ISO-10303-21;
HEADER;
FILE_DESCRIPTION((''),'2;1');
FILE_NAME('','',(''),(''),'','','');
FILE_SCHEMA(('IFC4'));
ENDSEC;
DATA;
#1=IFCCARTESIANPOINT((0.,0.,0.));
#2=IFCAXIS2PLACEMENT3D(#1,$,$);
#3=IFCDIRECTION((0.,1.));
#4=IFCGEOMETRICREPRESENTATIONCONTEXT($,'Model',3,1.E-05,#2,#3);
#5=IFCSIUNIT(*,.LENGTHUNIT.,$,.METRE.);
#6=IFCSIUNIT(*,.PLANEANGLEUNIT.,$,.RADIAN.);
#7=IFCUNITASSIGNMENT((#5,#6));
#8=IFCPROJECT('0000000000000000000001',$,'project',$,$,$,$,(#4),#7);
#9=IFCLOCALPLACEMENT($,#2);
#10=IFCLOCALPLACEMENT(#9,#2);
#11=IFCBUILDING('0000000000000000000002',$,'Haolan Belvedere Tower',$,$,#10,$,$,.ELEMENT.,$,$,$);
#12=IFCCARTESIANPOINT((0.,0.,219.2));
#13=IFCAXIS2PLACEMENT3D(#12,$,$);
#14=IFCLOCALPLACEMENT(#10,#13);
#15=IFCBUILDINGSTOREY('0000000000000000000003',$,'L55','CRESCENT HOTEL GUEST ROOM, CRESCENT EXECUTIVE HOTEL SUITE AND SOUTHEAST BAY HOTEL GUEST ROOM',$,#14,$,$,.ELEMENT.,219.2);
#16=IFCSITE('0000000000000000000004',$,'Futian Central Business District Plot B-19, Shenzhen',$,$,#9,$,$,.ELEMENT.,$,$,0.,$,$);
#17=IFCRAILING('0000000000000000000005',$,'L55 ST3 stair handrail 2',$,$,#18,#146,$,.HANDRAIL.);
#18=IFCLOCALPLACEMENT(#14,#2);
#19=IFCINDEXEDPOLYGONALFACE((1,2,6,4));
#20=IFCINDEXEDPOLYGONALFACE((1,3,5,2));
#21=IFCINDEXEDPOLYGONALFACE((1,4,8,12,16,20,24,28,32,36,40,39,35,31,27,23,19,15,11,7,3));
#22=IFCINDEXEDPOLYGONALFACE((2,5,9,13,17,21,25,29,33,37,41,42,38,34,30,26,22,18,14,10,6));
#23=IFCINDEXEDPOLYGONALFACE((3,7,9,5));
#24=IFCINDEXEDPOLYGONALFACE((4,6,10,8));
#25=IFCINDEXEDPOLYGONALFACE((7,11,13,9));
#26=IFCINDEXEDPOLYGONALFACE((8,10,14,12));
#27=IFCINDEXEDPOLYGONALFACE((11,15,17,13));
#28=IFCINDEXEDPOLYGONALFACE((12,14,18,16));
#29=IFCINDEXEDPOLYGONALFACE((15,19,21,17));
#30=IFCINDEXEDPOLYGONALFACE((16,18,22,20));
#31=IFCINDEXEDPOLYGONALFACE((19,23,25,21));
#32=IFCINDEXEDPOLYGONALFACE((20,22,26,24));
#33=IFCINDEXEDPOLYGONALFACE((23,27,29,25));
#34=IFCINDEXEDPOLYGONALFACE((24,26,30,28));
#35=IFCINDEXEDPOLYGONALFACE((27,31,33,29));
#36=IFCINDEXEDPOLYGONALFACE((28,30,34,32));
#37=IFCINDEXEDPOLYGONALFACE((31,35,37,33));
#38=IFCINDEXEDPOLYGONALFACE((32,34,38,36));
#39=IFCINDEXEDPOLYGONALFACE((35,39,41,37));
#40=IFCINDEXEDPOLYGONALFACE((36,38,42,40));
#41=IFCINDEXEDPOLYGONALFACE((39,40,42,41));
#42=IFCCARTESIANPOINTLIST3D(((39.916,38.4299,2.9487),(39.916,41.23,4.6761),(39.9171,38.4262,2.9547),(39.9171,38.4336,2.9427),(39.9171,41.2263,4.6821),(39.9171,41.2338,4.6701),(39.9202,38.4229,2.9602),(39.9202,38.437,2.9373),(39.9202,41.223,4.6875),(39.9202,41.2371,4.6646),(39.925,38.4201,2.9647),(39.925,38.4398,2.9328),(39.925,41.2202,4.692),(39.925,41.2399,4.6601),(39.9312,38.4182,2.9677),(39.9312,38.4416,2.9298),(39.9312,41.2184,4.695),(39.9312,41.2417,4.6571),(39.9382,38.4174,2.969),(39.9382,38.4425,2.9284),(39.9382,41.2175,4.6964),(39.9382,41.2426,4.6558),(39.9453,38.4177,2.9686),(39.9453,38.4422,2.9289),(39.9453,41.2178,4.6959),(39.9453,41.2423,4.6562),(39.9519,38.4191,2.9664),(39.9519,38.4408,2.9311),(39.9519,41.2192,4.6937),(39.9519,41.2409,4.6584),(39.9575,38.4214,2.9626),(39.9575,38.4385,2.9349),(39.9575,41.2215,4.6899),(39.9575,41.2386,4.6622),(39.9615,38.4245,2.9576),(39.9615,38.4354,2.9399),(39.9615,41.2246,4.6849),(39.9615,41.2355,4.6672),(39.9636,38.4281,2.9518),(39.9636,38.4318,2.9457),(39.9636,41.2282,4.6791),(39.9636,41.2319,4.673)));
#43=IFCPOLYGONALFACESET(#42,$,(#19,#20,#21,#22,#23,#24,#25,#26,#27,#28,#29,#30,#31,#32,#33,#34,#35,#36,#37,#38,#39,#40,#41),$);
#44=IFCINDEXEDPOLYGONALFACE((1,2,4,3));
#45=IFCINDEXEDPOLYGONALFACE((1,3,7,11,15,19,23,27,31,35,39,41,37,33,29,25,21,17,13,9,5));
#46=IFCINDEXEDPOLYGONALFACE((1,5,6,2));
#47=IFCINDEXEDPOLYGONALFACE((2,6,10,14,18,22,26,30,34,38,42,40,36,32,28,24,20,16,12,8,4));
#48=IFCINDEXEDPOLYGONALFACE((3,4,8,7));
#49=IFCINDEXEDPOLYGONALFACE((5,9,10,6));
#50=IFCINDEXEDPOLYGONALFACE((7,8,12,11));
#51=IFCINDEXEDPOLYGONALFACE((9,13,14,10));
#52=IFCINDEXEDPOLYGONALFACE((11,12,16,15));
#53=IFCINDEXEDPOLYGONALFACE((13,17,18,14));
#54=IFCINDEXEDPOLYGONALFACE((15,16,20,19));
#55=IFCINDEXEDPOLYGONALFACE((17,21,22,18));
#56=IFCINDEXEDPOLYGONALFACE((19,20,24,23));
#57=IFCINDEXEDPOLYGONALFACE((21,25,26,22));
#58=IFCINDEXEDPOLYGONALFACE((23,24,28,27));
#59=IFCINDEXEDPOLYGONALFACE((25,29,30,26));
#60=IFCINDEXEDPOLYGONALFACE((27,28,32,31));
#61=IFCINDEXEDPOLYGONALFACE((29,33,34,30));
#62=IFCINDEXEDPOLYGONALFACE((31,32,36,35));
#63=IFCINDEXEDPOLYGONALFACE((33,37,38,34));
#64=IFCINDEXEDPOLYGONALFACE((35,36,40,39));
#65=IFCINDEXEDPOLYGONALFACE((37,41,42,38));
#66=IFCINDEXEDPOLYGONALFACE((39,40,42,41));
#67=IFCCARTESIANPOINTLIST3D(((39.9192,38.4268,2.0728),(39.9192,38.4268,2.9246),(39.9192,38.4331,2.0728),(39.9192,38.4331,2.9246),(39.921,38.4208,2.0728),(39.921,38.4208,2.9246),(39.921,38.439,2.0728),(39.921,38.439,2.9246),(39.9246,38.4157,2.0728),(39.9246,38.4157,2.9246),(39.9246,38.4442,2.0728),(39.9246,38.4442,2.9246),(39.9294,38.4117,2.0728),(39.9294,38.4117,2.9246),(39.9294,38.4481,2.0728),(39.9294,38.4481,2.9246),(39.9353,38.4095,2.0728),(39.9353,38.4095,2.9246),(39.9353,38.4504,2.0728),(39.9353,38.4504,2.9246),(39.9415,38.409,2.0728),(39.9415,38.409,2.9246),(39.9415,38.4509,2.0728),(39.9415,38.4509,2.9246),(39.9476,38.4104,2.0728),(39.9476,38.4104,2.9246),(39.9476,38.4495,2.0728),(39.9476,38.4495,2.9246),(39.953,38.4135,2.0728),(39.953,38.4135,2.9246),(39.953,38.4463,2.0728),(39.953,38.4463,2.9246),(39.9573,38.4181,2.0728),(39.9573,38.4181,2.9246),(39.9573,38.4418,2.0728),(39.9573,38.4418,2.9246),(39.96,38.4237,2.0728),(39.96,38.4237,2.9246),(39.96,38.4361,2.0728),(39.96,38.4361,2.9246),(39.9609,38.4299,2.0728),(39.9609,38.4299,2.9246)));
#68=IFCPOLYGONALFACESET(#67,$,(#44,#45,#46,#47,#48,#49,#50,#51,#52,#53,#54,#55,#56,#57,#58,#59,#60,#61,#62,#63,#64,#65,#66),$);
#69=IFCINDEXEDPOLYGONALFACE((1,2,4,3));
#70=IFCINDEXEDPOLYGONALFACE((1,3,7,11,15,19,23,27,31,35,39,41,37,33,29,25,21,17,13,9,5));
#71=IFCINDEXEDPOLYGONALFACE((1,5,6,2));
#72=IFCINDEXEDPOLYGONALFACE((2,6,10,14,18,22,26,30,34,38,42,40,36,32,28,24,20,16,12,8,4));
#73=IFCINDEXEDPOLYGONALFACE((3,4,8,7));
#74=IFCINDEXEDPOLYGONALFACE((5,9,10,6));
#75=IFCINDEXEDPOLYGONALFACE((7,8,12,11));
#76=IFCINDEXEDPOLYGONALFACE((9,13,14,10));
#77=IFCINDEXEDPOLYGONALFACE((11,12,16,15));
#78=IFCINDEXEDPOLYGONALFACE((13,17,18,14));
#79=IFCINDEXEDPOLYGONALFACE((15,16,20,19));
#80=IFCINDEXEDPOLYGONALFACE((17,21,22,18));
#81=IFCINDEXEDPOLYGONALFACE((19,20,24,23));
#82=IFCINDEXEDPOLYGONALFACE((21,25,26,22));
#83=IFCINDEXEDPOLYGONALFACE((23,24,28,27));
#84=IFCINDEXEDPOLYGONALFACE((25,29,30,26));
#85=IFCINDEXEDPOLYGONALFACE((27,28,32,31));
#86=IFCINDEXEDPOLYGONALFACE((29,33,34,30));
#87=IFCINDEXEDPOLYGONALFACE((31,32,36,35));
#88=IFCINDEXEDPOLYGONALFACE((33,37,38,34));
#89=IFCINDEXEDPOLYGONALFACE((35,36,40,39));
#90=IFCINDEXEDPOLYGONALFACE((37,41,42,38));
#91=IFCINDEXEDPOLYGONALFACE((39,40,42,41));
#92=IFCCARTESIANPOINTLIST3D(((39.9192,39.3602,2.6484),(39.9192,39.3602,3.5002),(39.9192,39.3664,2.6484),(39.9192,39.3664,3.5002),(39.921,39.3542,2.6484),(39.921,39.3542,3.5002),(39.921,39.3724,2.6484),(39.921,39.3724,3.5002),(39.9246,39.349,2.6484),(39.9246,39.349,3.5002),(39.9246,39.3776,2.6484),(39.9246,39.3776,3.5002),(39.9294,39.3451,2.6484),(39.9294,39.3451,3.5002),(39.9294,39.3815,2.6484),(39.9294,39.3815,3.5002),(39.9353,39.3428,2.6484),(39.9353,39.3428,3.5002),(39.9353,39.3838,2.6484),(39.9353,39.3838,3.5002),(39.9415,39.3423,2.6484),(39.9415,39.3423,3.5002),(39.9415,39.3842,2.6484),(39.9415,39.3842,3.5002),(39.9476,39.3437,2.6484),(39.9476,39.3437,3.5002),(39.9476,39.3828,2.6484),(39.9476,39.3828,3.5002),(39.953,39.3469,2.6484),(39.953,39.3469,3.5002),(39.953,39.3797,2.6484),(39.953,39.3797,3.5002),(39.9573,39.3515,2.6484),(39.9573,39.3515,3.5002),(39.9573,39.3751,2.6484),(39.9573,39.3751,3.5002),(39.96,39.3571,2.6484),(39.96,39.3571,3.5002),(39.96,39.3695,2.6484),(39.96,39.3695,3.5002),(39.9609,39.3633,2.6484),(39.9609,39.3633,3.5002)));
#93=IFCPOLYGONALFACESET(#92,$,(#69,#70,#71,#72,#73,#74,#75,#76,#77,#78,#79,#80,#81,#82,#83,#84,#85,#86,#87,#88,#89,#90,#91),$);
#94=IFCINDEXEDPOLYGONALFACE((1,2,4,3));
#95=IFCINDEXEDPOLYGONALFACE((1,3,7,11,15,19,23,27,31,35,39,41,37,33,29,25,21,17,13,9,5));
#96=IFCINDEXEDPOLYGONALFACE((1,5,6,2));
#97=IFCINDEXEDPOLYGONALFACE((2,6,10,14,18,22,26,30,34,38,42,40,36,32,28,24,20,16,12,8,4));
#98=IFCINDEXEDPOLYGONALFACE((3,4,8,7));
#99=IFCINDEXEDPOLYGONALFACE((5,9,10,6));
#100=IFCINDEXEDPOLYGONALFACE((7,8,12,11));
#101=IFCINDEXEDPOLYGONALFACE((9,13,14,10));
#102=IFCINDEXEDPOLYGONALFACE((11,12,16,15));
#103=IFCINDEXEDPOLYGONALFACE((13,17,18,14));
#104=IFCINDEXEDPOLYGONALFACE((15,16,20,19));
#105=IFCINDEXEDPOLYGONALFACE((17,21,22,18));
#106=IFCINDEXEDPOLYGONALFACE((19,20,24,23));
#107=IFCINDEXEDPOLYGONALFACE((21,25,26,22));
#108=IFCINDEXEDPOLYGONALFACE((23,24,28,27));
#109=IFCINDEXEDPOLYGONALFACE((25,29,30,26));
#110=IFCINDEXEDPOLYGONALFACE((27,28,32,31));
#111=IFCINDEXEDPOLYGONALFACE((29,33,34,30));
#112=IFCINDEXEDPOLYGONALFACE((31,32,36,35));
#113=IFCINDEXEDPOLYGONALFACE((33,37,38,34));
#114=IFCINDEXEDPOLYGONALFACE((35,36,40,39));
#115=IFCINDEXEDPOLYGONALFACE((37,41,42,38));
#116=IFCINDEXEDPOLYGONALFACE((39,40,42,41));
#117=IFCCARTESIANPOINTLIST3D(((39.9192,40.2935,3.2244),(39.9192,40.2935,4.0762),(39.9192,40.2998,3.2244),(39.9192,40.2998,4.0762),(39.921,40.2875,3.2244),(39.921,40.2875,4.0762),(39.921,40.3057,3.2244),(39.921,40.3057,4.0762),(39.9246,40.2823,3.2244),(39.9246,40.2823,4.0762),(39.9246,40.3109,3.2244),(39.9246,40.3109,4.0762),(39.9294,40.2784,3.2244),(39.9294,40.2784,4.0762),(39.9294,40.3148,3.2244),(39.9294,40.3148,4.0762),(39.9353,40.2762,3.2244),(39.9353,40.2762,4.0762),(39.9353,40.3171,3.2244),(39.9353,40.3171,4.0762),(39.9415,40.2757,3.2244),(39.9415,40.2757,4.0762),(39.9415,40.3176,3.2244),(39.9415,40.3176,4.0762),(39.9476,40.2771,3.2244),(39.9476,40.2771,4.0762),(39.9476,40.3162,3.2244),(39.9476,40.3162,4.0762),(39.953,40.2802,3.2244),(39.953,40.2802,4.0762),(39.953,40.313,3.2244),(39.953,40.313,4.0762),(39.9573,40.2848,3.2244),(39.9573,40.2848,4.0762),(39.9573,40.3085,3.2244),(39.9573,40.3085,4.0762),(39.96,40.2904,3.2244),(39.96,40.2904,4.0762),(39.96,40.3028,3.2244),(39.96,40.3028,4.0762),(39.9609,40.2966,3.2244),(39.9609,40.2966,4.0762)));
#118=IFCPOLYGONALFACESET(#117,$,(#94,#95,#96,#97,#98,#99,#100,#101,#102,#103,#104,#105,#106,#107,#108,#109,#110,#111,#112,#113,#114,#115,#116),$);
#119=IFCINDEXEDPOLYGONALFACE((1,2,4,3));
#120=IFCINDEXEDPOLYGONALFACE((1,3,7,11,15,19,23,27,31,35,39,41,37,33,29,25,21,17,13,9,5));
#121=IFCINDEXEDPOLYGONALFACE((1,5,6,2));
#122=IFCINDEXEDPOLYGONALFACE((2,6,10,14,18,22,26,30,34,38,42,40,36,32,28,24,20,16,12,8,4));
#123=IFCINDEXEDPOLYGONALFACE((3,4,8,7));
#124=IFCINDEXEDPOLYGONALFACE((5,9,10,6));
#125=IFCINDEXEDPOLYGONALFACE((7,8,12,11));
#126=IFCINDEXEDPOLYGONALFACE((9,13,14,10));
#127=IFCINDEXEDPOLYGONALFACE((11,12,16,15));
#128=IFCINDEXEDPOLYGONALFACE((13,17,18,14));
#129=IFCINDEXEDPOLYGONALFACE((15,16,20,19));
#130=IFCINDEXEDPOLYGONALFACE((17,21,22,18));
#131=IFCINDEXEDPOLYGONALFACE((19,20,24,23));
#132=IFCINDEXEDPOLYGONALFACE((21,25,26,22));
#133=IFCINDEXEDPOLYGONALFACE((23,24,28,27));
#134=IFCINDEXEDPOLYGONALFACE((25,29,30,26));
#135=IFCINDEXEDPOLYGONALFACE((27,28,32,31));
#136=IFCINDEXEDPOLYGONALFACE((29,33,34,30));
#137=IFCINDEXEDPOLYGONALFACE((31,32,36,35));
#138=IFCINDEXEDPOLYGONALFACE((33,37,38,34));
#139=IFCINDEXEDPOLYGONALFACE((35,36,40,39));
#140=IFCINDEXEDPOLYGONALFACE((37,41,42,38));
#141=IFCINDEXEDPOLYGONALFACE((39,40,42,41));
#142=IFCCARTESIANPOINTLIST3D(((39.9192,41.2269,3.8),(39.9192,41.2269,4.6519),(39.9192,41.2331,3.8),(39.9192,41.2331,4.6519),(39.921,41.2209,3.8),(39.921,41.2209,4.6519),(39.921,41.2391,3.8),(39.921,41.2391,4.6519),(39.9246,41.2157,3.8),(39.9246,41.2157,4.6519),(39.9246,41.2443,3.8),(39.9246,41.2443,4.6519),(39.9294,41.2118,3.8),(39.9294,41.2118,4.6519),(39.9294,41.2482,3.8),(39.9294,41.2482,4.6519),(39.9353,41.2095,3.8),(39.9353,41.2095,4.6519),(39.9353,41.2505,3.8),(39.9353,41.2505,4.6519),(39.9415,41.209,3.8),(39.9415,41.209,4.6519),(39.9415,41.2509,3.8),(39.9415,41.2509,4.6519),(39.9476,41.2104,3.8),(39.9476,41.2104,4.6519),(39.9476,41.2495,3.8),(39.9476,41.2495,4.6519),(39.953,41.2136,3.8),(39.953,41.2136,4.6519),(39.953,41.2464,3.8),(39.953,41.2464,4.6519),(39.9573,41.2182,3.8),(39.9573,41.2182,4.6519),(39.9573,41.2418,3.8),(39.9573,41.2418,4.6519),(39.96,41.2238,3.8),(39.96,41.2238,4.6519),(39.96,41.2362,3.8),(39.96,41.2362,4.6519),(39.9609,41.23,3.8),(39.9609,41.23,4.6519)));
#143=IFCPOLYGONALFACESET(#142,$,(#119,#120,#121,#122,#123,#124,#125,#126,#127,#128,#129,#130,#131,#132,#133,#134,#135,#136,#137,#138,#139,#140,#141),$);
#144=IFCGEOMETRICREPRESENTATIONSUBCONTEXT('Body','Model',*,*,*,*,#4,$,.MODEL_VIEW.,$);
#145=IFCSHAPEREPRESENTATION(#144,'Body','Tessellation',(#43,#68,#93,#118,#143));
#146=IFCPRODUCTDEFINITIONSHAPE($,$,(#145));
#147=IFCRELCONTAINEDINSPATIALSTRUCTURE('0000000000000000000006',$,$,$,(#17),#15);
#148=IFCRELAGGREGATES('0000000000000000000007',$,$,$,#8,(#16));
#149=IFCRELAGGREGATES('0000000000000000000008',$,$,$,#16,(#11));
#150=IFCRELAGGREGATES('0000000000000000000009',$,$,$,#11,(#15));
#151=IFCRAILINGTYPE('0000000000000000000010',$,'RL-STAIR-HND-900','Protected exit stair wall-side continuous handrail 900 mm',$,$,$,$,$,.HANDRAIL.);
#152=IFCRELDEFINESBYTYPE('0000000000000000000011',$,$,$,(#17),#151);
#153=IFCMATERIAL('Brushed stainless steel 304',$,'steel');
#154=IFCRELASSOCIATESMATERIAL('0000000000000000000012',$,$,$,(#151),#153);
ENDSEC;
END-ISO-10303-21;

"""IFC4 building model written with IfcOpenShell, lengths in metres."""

from ifc_helpers import new_model, si_unit, direction, frame, origin, origin_2d, place, context, subcontext, project, spatial, circle, extrude, material, type_object, element, save


model = new_model("IFC4")

# Units and contexts
model_context = context("Model", 3, precision=1e-05, world=origin(), true_north=direction((0.0, 1.0)))
body_context = subcontext(model_context, "Body", "Model", "MODEL_VIEW")
ifc_project = project(units=[si_unit("LENGTHUNIT", "METRE"), si_unit("PLANEANGLEUNIT", "RADIAN")], contexts=[model_context])

# Site, building, storey
site_placement = place(None, origin())
site = spatial("IfcSite", under=ifc_project, at=site_placement, Name="Futian Central Business District Plot B-19, Shenzhen", CompositionType="ELEMENT", RefElevation=0.0)
building_placement = place(site_placement, origin())
building = spatial("IfcBuilding", under=site, at=building_placement, Name="Haolan Belvedere Tower", CompositionType="ELEMENT")
storey_placement = place(building_placement, frame((0.0, 0.0, 219.2)))
storey = spatial("IfcBuildingStorey", under=building, at=storey_placement, Name="L55", Description="CRESCENT HOTEL GUEST ROOM, CRESCENT EXECUTIVE HOTEL SUITE AND SOUTHEAST BAY HOTEL GUEST ROOM", CompositionType="ELEMENT", Elevation=219.2)

# Railing
ifc_material_1 = material(Name="Brushed stainless steel 304", Category="steel")
railing_type_1 = type_object("IfcRailingType", Name="RL-STAIR-HND-900", Description="Protected exit stair wall-side continuous handrail 900 mm", PredefinedType="HANDRAIL", material=ifc_material_1)
railing_1_placement = place(storey_placement, frame((39.9399, 38.4299, 2.0728)))
element("IfcRailing", 1, at=railing_1_placement, inside=storey, type_object=railing_type_1, Name="L55 ST3 stair handrail 2", PredefinedType="HANDRAIL", context=body_context, shape_type="SweptSolid", body=[
    extrude(circle(Radius=0.0239, at=origin_2d()), frame((0.0, 0.0, 0.876), z_axis=(0.0, 0.85109, 0.52502), x_axis=(-1.0, 0.0, 0.0)), (0.0, 0.0, 1.0), 3.29),
    extrude(circle(Radius=0.021, at=origin_2d()), origin(), (0.0, 0.0, 1.0), 0.8518),
    extrude(circle(Radius=0.021, at=origin_2d()), frame((0.0, 0.9333, 0.5757)), (0.0, 0.0, 1.0), 0.8518),
    extrude(circle(Radius=0.021, at=origin_2d()), frame((0.0, 1.8667, 1.1516)), (0.0, 0.0, 1.0), 0.8518),
    extrude(circle(Radius=0.021, at=origin_2d()), frame((0.0, 2.8, 1.7273)), (0.0, 0.0, 1.0), 0.8518),
])

save(model, "model.ifc")
